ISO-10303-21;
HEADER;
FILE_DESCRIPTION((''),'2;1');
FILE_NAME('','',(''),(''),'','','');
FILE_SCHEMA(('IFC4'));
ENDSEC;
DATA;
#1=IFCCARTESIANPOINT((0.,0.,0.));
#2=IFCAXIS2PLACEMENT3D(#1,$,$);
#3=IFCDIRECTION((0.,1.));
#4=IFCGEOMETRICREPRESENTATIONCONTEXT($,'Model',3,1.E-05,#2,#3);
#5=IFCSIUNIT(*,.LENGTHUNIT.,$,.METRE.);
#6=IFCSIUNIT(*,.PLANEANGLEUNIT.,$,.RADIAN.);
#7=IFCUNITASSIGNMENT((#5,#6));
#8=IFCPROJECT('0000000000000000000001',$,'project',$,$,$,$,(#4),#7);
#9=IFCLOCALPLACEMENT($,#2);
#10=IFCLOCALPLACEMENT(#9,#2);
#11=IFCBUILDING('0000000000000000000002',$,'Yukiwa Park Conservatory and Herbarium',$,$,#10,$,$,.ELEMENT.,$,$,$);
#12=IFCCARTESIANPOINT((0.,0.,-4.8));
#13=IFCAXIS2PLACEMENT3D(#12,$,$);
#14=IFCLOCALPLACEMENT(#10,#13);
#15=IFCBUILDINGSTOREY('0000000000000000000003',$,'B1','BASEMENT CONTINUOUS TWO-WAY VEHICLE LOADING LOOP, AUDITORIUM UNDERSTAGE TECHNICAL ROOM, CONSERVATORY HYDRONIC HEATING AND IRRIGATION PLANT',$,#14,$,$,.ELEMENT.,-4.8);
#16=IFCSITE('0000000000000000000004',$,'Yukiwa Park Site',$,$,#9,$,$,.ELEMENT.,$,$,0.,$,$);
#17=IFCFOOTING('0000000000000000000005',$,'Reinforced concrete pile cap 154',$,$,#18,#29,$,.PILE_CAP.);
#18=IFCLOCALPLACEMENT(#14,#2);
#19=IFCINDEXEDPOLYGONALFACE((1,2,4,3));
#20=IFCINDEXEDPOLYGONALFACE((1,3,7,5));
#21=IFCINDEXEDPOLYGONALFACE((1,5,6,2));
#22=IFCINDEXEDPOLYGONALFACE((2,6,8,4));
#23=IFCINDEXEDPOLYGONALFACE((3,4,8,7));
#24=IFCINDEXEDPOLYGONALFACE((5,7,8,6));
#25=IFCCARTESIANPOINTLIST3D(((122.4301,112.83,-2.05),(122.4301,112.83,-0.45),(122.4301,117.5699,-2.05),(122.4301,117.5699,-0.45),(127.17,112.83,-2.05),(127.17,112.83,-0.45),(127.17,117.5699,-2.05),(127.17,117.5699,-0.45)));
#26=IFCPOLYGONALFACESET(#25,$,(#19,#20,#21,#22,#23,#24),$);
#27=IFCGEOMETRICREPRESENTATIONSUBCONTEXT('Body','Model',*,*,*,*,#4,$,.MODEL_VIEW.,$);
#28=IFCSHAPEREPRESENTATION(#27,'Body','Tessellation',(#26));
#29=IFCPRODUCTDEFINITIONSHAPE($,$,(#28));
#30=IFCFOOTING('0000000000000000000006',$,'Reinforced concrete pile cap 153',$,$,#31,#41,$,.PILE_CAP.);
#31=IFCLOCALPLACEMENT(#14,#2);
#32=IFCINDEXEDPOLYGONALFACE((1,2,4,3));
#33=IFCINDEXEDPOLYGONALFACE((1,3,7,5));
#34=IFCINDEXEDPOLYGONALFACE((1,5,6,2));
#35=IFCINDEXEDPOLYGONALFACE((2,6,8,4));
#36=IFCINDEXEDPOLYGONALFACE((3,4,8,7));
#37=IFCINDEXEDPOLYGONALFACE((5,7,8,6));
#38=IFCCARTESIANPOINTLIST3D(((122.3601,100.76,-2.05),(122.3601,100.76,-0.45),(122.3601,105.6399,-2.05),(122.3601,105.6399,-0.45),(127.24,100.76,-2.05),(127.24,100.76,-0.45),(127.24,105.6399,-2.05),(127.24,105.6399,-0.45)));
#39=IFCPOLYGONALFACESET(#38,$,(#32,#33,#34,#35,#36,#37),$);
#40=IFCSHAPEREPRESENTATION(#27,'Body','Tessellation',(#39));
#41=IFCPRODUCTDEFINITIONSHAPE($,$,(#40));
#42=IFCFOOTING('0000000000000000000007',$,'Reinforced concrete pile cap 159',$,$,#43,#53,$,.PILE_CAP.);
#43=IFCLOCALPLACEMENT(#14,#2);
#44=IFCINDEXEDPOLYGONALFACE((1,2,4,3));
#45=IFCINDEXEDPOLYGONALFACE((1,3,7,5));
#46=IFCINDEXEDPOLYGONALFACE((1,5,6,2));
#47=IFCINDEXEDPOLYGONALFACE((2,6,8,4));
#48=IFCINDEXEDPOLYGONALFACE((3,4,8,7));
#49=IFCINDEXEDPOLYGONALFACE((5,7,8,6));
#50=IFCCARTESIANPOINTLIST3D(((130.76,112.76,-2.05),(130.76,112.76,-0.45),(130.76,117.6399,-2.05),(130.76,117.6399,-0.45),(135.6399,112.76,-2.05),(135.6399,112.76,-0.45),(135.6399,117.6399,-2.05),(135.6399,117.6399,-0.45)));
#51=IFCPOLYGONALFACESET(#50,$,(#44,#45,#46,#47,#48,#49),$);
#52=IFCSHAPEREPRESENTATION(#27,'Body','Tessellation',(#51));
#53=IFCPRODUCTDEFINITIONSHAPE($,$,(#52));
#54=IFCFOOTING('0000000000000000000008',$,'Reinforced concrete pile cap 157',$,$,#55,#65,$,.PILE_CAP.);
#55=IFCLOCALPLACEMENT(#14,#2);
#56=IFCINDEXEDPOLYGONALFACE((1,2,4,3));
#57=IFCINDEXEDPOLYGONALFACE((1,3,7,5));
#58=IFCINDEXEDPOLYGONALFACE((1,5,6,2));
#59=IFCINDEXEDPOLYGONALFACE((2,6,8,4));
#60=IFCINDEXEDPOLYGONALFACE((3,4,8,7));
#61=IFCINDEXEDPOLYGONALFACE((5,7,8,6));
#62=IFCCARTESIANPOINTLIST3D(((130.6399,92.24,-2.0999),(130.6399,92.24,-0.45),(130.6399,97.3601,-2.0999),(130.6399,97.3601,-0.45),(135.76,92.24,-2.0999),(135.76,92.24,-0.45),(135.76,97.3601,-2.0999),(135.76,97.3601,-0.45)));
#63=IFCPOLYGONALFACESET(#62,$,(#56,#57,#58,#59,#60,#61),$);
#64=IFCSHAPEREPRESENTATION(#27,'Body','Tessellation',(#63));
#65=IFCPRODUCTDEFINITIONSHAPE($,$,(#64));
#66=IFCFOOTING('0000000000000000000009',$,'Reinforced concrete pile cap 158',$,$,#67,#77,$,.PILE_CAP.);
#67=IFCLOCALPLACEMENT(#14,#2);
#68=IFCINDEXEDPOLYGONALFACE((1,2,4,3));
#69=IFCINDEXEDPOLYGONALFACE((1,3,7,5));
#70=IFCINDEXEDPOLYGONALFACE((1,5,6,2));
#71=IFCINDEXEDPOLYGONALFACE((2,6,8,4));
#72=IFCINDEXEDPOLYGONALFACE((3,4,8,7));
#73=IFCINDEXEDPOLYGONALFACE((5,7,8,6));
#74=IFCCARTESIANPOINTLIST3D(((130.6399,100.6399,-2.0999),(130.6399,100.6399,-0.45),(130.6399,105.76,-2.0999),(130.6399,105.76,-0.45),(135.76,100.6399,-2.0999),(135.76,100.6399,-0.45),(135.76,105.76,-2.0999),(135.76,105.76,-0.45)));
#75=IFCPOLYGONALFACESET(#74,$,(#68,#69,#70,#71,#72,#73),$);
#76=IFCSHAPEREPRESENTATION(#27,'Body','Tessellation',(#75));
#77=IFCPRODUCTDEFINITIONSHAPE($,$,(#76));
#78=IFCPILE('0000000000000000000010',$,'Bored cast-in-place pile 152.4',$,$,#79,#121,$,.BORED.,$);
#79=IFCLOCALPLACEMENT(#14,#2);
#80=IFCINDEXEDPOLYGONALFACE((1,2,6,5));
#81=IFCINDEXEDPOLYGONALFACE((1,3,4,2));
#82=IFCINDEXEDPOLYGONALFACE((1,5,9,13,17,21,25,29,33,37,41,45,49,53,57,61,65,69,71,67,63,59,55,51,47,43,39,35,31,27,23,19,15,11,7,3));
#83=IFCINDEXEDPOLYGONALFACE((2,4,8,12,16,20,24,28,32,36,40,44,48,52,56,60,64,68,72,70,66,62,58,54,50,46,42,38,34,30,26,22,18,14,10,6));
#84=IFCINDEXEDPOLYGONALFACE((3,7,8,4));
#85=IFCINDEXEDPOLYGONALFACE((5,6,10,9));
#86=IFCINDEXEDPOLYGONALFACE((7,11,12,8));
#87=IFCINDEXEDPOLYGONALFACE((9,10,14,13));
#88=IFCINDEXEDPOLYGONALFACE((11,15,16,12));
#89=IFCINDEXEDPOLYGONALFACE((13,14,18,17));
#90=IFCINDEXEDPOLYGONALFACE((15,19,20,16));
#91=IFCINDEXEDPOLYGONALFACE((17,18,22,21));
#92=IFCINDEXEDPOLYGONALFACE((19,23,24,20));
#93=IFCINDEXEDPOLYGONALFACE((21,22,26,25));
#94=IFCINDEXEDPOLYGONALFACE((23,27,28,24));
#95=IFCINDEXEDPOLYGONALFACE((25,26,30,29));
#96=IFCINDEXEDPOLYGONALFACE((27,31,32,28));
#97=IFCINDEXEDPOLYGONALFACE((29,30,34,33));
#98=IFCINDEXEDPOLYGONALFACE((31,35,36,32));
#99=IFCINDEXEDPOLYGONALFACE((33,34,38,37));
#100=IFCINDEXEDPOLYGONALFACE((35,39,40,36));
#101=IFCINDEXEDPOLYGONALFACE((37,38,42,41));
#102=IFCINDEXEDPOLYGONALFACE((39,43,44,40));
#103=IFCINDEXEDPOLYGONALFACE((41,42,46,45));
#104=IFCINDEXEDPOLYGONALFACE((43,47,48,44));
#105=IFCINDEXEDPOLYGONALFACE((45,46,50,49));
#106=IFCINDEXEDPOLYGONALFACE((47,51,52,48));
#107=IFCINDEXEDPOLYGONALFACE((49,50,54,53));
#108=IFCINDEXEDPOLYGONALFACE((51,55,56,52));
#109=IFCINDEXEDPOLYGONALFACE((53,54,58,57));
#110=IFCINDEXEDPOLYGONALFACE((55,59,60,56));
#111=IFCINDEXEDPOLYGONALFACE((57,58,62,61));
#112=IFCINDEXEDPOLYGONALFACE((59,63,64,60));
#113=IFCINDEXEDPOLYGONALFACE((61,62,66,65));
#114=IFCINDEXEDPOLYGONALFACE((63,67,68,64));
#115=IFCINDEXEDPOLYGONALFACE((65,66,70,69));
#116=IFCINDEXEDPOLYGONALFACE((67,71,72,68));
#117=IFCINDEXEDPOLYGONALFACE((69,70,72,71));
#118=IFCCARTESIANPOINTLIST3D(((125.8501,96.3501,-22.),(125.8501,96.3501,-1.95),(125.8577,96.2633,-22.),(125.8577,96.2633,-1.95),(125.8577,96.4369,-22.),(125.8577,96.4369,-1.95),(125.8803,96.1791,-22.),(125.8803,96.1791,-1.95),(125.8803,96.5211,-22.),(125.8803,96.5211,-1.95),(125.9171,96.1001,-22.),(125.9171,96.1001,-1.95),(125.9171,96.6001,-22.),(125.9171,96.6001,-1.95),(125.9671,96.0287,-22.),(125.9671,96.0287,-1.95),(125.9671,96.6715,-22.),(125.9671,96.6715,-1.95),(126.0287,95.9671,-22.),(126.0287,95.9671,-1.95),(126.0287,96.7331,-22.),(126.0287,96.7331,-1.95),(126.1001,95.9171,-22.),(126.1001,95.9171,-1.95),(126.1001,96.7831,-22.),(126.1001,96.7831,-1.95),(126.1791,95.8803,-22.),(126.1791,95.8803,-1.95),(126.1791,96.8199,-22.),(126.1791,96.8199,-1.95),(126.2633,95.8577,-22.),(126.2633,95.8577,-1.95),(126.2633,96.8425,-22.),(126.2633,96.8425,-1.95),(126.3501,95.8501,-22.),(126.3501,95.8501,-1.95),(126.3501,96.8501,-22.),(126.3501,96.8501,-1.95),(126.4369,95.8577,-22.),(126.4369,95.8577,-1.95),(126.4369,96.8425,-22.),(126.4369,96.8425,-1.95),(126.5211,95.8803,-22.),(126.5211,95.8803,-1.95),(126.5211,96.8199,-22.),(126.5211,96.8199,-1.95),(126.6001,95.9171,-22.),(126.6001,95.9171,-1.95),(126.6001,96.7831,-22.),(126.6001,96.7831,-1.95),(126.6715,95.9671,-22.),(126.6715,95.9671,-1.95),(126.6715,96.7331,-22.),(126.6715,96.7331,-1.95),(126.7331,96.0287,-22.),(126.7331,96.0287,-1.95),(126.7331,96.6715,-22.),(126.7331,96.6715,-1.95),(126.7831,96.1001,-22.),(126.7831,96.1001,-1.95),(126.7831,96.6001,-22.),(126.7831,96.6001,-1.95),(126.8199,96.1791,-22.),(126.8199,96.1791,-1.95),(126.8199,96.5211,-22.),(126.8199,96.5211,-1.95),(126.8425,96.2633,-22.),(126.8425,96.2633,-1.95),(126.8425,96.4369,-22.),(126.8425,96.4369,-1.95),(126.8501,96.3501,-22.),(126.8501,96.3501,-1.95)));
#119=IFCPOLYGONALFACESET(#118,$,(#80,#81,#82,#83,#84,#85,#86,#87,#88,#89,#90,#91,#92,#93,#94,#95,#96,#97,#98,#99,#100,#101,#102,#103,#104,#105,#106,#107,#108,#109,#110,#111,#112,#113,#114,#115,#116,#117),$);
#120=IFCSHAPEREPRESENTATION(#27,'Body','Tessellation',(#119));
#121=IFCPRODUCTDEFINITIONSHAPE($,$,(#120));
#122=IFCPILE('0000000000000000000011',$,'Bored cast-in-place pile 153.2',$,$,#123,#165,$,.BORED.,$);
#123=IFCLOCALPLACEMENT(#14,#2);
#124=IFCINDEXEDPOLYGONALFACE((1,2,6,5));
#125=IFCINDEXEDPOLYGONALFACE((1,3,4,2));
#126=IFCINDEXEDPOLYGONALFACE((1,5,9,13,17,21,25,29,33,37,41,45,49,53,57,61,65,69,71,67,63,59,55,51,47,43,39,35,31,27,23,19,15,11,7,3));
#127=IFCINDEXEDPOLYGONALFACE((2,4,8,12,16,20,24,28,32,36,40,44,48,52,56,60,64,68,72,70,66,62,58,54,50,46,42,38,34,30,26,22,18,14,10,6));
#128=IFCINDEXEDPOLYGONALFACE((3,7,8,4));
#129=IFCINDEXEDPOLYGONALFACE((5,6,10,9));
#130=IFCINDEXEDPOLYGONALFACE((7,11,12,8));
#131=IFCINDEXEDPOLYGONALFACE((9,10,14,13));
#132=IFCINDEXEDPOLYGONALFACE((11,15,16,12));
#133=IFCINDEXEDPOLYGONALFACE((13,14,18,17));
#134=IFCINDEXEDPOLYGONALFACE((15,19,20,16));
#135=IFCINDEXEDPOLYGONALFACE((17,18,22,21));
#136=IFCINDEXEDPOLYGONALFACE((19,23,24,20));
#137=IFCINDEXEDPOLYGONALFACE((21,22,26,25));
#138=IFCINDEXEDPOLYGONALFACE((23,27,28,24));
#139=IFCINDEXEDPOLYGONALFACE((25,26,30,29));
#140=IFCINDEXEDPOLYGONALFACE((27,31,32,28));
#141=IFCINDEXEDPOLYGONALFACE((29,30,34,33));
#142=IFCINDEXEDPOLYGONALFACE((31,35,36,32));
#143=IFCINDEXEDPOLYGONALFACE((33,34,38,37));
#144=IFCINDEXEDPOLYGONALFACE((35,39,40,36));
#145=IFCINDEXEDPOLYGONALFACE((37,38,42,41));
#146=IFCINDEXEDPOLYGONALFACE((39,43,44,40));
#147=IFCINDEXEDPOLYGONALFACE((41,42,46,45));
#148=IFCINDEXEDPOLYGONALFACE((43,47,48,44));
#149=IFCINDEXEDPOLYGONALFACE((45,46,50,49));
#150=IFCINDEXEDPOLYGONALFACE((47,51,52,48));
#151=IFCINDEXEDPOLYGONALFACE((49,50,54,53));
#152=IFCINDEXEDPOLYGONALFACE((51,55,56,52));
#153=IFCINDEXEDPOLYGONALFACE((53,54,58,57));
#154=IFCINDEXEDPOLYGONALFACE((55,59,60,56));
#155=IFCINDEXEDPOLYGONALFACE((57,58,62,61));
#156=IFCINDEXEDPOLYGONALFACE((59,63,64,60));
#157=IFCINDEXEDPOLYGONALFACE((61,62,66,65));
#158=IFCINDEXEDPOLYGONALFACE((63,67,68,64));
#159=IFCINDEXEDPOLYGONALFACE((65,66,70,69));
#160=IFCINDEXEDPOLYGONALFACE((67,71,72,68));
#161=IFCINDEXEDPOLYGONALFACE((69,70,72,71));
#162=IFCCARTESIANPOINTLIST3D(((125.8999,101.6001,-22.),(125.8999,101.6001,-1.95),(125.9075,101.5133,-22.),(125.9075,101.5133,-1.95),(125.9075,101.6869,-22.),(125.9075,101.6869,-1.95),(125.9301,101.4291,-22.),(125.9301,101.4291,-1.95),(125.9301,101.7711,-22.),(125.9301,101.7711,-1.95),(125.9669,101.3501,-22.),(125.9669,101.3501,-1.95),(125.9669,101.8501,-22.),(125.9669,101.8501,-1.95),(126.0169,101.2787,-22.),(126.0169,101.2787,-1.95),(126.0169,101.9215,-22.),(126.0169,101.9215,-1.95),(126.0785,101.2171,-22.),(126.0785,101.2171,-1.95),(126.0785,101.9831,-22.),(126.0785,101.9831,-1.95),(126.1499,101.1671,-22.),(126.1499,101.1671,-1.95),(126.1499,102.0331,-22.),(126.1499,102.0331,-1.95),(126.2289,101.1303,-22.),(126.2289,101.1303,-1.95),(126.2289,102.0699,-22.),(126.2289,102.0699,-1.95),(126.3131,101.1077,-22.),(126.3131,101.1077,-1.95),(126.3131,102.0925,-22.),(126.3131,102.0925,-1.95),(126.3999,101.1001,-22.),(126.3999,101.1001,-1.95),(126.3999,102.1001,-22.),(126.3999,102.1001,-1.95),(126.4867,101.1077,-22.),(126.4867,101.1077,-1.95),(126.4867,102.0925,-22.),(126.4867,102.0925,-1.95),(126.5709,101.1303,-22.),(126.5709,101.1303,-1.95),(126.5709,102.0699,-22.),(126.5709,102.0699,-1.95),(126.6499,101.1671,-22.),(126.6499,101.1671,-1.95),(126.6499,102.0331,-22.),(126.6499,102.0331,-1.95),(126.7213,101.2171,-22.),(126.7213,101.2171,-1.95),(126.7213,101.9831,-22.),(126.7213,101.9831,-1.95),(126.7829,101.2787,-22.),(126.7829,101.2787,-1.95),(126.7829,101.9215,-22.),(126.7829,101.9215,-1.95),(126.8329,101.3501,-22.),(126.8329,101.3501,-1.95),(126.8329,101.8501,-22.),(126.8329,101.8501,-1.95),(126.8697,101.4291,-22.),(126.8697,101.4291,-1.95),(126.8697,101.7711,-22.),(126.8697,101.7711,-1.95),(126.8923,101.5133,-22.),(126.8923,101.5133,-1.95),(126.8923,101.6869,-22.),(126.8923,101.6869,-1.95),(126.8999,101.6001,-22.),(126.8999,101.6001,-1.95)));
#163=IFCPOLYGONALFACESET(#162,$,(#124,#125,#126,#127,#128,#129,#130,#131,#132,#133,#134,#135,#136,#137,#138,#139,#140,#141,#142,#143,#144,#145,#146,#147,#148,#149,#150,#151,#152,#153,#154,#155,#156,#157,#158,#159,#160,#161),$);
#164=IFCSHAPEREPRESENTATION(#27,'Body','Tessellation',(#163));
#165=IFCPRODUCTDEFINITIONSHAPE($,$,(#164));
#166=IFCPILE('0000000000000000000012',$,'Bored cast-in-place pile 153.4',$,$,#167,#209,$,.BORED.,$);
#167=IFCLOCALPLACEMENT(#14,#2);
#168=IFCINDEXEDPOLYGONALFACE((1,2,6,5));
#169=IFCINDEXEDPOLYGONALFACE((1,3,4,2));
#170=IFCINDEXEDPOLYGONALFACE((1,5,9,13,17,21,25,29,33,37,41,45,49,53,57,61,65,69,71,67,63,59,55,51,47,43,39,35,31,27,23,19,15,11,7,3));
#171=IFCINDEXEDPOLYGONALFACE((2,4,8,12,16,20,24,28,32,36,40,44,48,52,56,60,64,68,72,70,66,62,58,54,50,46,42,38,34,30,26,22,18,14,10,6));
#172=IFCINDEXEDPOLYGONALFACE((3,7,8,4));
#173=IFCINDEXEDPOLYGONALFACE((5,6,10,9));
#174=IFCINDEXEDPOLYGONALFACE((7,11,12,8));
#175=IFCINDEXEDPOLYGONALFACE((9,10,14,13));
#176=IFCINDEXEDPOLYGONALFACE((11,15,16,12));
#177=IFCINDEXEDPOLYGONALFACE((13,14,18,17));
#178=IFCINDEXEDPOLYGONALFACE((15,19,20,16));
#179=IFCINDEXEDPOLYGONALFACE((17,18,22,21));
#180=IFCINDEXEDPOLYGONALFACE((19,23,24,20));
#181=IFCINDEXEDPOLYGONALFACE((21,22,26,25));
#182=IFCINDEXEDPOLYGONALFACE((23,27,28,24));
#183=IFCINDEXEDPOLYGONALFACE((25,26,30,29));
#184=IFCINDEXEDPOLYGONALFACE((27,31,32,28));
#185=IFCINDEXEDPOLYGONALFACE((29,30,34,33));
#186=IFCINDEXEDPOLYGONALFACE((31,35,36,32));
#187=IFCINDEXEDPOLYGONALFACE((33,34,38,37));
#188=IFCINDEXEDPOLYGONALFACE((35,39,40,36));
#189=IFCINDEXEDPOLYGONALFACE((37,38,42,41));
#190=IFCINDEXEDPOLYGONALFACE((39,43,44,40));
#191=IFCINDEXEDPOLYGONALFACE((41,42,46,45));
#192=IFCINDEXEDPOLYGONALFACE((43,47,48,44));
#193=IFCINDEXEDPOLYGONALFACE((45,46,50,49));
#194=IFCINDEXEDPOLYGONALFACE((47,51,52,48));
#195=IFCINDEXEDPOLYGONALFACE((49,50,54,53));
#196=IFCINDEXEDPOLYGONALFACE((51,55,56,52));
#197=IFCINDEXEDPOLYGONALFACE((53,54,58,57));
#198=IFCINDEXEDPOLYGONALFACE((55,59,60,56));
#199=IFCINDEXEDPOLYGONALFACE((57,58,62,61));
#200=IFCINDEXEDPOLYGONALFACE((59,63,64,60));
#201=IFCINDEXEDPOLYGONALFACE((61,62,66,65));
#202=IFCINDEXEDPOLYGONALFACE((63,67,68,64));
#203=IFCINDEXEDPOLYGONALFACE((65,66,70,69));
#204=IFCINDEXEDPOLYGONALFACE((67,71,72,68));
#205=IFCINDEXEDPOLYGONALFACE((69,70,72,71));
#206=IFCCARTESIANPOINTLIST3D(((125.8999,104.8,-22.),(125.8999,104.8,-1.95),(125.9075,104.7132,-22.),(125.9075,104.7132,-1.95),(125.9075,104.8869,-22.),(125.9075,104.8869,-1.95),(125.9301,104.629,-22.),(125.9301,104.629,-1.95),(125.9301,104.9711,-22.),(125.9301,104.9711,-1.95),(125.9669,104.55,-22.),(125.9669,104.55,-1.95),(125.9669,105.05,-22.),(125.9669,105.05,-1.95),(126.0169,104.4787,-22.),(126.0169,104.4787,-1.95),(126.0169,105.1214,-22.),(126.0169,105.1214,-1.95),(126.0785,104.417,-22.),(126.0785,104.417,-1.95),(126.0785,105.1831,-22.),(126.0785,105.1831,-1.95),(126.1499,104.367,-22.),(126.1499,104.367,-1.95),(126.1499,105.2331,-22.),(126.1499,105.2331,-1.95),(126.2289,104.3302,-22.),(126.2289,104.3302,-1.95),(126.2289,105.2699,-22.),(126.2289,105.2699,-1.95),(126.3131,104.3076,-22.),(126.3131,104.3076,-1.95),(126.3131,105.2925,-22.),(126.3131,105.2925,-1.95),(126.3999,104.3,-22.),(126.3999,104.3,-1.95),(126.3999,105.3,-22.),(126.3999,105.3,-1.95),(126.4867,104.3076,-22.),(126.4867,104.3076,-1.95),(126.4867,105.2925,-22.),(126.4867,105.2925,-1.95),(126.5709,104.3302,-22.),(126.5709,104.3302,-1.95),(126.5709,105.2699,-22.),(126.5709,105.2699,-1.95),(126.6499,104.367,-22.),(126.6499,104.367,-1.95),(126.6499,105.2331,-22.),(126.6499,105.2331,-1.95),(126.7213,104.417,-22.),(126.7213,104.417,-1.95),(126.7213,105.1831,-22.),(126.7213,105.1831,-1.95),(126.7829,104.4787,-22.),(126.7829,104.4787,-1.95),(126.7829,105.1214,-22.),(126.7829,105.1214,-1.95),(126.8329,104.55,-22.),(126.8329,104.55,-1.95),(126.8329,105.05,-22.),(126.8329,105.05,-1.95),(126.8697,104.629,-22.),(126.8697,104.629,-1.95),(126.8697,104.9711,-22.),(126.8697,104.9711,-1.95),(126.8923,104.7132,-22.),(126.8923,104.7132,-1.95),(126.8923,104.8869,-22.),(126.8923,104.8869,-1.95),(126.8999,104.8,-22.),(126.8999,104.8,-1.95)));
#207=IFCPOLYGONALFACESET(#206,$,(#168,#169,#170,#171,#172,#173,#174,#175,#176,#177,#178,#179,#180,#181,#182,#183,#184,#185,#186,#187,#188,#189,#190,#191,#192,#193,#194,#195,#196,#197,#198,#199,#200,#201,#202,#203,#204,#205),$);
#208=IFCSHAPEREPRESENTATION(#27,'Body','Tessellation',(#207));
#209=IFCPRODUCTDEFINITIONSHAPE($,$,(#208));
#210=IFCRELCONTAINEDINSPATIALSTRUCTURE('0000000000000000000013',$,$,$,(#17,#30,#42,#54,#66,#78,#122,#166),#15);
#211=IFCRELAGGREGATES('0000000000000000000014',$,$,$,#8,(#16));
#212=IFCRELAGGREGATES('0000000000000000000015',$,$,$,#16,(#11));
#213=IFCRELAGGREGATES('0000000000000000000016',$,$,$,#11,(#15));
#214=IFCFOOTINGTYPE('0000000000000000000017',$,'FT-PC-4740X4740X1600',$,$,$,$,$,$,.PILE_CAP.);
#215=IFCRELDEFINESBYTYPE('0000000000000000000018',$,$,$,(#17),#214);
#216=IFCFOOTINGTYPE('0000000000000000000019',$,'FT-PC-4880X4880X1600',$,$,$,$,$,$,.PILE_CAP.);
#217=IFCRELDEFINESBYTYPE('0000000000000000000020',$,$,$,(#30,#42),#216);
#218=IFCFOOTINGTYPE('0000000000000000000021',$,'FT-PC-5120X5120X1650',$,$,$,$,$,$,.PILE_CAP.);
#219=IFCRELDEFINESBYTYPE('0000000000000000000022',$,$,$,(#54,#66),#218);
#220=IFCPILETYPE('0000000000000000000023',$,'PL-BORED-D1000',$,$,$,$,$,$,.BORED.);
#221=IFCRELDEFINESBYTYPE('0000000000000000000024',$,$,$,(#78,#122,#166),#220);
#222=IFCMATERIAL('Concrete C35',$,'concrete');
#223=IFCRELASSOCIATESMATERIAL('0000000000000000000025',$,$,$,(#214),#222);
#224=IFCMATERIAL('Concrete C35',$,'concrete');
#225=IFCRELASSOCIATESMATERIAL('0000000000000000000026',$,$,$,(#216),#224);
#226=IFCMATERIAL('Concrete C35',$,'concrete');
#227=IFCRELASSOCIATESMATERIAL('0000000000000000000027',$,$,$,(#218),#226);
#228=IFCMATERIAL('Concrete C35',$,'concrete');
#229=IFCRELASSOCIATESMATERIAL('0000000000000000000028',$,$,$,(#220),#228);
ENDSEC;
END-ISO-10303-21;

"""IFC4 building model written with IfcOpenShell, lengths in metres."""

from ifc_helpers import new_model, si_unit, direction, frame, origin, origin_2d, place, context, subcontext, project, spatial, rectangle, circle, extrude, material, material_profile, profile_set, type_object, element, save


model = new_model("IFC4")

# Units and contexts
model_context = context("Model", 3, precision=1e-05, world=origin(), true_north=direction((0.0, 1.0)))
body_context = subcontext(model_context, "Body", "Model", "MODEL_VIEW")
ifc_project = project(units=[si_unit("LENGTHUNIT", "METRE"), si_unit("PLANEANGLEUNIT", "RADIAN")], contexts=[model_context])

# Site, building, storey
site_placement = place(None, origin())
site = spatial("IfcSite", under=ifc_project, at=site_placement, Name="Yukiwa Park Site", CompositionType="ELEMENT", RefElevation=0.0)
building_placement = place(site_placement, origin())
building = spatial("IfcBuilding", under=site, at=building_placement, Name="Yukiwa Park Conservatory and Herbarium", CompositionType="ELEMENT")
storey_placement = place(building_placement, frame((0.0, 0.0, -4.8)))
storey = spatial("IfcBuildingStorey", under=building, at=storey_placement, Name="B1", Description="BASEMENT CONTINUOUS TWO-WAY VEHICLE LOADING LOOP, AUDITORIUM UNDERSTAGE TECHNICAL ROOM, CONSERVATORY HYDRONIC HEATING AND IRRIGATION PLANT", CompositionType="ELEMENT", Elevation=-4.8)

# Footings
ifc_material_1 = material(Name="Concrete C35", Category="concrete")
footing_type_1 = type_object("IfcFootingType", Name="FT-PC-4740X4740X1600", PredefinedType="PILE_CAP", material=ifc_material_1)
footing_placement = place(storey_placement, frame((124.8, 115.2, -2.05), z_axis=(0.0, 0.0, 1.0), x_axis=(1.0, 0.0, 0.0)))
element("IfcFooting", 1, at=footing_placement, inside=storey, type_object=footing_type_1, Name="Reinforced concrete pile cap 154", PredefinedType="PILE_CAP", context=body_context, shape_type="SweptSolid", body=[
    extrude(rectangle(XDim=4.74, YDim=4.74, at=origin_2d()), origin(), (0.0, 0.0, 1.0), 1.6001),
])
ifc_material_2 = material(Name="Concrete C35", Category="concrete")
footing_type_2 = type_object("IfcFootingType", Name="FT-PC-4880X4880X1600", PredefinedType="PILE_CAP", material=ifc_material_2)
for number, where, z_axis, x_axis, name in (
    (2, (124.8, 103.2, -2.05), (0.0, 0.0, 1.0), (1.0, 0.0, 0.0), "Reinforced concrete pile cap 153"),
    (3, (133.2, 115.2, -2.05), (0.0, 0.0, 1.0), (1.0, 0.0, 0.0), "Reinforced concrete pile cap 159"),
):
    element("IfcFooting", number, at=place(storey_placement, frame(where, z_axis=z_axis, x_axis=x_axis)), inside=storey, type_object=footing_type_2, Name=name, PredefinedType="PILE_CAP", context=body_context, shape_type="SweptSolid", body=[
        extrude(rectangle(XDim=4.8799, YDim=4.8799, at=origin_2d()), origin(), (0.0, 0.0, 1.0), 1.6001),
    ])
ifc_material_3 = material(Name="Concrete C35", Category="concrete")
footing_type_3 = type_object("IfcFootingType", Name="FT-PC-5120X5120X1650", PredefinedType="PILE_CAP", material=ifc_material_3)
for number, where, z_axis, x_axis, name in (
    (4, (133.2, 94.8, -2.0999), (0.0, 0.0, 1.0), (1.0, 0.0, 0.0), "Reinforced concrete pile cap 157"),
    (5, (133.2, 103.2, -2.0999), (0.0, 0.0, 1.0), (1.0, 0.0, 0.0), "Reinforced concrete pile cap 158"),
):
    element("IfcFooting", number, at=place(storey_placement, frame(where, z_axis=z_axis, x_axis=x_axis)), inside=storey, type_object=footing_type_3, Name=name, PredefinedType="PILE_CAP", context=body_context, shape_type="SweptSolid", body=[
        extrude(rectangle(XDim=5.1201, YDim=5.1201, at=origin_2d()), origin(), (0.0, 0.0, 1.0), 1.6499),
    ])

# Piles
ifc_material_4 = material(Name="Concrete C35", Category="concrete")
ifc_material_profile_1 = material_profile(ifc_material_4, circle(Radius=0.5, at=origin_2d()), Name="PILE D1000")
ifc_profile_set_1 = profile_set([ifc_material_profile_1], Name="Concrete C35")
pile_type_1 = type_object("IfcPileType", Name="PL-BORED-D1000", PredefinedType="BORED", material=ifc_profile_set_1)
for number, where, z_axis, x_axis, name in (
    (6, (126.3501, 96.3501, -1.95), (0.0, 0.0, -1.0), (1.0, 0.0, 0.0), "Bored cast-in-place pile 152.4"),
    (7, (126.3999, 101.6001, -1.95), (0.0, 0.0, -1.0), (1.0, 0.0, 0.0), "Bored cast-in-place pile 153.2"),
    (8, (126.3999, 104.8, -1.95), (0.0, 0.0, -1.0), (1.0, 0.0, 0.0), "Bored cast-in-place pile 153.4"),
):
    element("IfcPile", number, at=place(storey_placement, frame(where, z_axis=z_axis, x_axis=x_axis)), inside=storey, type_object=pile_type_1, Name=name, PredefinedType="BORED", context=body_context, shape_type="SweptSolid", body=[
        extrude(circle(Radius=0.5, at=origin_2d()), origin(), (0.0, 0.0, 1.0), 20.05),
    ])

save(model, "model.ifc")
